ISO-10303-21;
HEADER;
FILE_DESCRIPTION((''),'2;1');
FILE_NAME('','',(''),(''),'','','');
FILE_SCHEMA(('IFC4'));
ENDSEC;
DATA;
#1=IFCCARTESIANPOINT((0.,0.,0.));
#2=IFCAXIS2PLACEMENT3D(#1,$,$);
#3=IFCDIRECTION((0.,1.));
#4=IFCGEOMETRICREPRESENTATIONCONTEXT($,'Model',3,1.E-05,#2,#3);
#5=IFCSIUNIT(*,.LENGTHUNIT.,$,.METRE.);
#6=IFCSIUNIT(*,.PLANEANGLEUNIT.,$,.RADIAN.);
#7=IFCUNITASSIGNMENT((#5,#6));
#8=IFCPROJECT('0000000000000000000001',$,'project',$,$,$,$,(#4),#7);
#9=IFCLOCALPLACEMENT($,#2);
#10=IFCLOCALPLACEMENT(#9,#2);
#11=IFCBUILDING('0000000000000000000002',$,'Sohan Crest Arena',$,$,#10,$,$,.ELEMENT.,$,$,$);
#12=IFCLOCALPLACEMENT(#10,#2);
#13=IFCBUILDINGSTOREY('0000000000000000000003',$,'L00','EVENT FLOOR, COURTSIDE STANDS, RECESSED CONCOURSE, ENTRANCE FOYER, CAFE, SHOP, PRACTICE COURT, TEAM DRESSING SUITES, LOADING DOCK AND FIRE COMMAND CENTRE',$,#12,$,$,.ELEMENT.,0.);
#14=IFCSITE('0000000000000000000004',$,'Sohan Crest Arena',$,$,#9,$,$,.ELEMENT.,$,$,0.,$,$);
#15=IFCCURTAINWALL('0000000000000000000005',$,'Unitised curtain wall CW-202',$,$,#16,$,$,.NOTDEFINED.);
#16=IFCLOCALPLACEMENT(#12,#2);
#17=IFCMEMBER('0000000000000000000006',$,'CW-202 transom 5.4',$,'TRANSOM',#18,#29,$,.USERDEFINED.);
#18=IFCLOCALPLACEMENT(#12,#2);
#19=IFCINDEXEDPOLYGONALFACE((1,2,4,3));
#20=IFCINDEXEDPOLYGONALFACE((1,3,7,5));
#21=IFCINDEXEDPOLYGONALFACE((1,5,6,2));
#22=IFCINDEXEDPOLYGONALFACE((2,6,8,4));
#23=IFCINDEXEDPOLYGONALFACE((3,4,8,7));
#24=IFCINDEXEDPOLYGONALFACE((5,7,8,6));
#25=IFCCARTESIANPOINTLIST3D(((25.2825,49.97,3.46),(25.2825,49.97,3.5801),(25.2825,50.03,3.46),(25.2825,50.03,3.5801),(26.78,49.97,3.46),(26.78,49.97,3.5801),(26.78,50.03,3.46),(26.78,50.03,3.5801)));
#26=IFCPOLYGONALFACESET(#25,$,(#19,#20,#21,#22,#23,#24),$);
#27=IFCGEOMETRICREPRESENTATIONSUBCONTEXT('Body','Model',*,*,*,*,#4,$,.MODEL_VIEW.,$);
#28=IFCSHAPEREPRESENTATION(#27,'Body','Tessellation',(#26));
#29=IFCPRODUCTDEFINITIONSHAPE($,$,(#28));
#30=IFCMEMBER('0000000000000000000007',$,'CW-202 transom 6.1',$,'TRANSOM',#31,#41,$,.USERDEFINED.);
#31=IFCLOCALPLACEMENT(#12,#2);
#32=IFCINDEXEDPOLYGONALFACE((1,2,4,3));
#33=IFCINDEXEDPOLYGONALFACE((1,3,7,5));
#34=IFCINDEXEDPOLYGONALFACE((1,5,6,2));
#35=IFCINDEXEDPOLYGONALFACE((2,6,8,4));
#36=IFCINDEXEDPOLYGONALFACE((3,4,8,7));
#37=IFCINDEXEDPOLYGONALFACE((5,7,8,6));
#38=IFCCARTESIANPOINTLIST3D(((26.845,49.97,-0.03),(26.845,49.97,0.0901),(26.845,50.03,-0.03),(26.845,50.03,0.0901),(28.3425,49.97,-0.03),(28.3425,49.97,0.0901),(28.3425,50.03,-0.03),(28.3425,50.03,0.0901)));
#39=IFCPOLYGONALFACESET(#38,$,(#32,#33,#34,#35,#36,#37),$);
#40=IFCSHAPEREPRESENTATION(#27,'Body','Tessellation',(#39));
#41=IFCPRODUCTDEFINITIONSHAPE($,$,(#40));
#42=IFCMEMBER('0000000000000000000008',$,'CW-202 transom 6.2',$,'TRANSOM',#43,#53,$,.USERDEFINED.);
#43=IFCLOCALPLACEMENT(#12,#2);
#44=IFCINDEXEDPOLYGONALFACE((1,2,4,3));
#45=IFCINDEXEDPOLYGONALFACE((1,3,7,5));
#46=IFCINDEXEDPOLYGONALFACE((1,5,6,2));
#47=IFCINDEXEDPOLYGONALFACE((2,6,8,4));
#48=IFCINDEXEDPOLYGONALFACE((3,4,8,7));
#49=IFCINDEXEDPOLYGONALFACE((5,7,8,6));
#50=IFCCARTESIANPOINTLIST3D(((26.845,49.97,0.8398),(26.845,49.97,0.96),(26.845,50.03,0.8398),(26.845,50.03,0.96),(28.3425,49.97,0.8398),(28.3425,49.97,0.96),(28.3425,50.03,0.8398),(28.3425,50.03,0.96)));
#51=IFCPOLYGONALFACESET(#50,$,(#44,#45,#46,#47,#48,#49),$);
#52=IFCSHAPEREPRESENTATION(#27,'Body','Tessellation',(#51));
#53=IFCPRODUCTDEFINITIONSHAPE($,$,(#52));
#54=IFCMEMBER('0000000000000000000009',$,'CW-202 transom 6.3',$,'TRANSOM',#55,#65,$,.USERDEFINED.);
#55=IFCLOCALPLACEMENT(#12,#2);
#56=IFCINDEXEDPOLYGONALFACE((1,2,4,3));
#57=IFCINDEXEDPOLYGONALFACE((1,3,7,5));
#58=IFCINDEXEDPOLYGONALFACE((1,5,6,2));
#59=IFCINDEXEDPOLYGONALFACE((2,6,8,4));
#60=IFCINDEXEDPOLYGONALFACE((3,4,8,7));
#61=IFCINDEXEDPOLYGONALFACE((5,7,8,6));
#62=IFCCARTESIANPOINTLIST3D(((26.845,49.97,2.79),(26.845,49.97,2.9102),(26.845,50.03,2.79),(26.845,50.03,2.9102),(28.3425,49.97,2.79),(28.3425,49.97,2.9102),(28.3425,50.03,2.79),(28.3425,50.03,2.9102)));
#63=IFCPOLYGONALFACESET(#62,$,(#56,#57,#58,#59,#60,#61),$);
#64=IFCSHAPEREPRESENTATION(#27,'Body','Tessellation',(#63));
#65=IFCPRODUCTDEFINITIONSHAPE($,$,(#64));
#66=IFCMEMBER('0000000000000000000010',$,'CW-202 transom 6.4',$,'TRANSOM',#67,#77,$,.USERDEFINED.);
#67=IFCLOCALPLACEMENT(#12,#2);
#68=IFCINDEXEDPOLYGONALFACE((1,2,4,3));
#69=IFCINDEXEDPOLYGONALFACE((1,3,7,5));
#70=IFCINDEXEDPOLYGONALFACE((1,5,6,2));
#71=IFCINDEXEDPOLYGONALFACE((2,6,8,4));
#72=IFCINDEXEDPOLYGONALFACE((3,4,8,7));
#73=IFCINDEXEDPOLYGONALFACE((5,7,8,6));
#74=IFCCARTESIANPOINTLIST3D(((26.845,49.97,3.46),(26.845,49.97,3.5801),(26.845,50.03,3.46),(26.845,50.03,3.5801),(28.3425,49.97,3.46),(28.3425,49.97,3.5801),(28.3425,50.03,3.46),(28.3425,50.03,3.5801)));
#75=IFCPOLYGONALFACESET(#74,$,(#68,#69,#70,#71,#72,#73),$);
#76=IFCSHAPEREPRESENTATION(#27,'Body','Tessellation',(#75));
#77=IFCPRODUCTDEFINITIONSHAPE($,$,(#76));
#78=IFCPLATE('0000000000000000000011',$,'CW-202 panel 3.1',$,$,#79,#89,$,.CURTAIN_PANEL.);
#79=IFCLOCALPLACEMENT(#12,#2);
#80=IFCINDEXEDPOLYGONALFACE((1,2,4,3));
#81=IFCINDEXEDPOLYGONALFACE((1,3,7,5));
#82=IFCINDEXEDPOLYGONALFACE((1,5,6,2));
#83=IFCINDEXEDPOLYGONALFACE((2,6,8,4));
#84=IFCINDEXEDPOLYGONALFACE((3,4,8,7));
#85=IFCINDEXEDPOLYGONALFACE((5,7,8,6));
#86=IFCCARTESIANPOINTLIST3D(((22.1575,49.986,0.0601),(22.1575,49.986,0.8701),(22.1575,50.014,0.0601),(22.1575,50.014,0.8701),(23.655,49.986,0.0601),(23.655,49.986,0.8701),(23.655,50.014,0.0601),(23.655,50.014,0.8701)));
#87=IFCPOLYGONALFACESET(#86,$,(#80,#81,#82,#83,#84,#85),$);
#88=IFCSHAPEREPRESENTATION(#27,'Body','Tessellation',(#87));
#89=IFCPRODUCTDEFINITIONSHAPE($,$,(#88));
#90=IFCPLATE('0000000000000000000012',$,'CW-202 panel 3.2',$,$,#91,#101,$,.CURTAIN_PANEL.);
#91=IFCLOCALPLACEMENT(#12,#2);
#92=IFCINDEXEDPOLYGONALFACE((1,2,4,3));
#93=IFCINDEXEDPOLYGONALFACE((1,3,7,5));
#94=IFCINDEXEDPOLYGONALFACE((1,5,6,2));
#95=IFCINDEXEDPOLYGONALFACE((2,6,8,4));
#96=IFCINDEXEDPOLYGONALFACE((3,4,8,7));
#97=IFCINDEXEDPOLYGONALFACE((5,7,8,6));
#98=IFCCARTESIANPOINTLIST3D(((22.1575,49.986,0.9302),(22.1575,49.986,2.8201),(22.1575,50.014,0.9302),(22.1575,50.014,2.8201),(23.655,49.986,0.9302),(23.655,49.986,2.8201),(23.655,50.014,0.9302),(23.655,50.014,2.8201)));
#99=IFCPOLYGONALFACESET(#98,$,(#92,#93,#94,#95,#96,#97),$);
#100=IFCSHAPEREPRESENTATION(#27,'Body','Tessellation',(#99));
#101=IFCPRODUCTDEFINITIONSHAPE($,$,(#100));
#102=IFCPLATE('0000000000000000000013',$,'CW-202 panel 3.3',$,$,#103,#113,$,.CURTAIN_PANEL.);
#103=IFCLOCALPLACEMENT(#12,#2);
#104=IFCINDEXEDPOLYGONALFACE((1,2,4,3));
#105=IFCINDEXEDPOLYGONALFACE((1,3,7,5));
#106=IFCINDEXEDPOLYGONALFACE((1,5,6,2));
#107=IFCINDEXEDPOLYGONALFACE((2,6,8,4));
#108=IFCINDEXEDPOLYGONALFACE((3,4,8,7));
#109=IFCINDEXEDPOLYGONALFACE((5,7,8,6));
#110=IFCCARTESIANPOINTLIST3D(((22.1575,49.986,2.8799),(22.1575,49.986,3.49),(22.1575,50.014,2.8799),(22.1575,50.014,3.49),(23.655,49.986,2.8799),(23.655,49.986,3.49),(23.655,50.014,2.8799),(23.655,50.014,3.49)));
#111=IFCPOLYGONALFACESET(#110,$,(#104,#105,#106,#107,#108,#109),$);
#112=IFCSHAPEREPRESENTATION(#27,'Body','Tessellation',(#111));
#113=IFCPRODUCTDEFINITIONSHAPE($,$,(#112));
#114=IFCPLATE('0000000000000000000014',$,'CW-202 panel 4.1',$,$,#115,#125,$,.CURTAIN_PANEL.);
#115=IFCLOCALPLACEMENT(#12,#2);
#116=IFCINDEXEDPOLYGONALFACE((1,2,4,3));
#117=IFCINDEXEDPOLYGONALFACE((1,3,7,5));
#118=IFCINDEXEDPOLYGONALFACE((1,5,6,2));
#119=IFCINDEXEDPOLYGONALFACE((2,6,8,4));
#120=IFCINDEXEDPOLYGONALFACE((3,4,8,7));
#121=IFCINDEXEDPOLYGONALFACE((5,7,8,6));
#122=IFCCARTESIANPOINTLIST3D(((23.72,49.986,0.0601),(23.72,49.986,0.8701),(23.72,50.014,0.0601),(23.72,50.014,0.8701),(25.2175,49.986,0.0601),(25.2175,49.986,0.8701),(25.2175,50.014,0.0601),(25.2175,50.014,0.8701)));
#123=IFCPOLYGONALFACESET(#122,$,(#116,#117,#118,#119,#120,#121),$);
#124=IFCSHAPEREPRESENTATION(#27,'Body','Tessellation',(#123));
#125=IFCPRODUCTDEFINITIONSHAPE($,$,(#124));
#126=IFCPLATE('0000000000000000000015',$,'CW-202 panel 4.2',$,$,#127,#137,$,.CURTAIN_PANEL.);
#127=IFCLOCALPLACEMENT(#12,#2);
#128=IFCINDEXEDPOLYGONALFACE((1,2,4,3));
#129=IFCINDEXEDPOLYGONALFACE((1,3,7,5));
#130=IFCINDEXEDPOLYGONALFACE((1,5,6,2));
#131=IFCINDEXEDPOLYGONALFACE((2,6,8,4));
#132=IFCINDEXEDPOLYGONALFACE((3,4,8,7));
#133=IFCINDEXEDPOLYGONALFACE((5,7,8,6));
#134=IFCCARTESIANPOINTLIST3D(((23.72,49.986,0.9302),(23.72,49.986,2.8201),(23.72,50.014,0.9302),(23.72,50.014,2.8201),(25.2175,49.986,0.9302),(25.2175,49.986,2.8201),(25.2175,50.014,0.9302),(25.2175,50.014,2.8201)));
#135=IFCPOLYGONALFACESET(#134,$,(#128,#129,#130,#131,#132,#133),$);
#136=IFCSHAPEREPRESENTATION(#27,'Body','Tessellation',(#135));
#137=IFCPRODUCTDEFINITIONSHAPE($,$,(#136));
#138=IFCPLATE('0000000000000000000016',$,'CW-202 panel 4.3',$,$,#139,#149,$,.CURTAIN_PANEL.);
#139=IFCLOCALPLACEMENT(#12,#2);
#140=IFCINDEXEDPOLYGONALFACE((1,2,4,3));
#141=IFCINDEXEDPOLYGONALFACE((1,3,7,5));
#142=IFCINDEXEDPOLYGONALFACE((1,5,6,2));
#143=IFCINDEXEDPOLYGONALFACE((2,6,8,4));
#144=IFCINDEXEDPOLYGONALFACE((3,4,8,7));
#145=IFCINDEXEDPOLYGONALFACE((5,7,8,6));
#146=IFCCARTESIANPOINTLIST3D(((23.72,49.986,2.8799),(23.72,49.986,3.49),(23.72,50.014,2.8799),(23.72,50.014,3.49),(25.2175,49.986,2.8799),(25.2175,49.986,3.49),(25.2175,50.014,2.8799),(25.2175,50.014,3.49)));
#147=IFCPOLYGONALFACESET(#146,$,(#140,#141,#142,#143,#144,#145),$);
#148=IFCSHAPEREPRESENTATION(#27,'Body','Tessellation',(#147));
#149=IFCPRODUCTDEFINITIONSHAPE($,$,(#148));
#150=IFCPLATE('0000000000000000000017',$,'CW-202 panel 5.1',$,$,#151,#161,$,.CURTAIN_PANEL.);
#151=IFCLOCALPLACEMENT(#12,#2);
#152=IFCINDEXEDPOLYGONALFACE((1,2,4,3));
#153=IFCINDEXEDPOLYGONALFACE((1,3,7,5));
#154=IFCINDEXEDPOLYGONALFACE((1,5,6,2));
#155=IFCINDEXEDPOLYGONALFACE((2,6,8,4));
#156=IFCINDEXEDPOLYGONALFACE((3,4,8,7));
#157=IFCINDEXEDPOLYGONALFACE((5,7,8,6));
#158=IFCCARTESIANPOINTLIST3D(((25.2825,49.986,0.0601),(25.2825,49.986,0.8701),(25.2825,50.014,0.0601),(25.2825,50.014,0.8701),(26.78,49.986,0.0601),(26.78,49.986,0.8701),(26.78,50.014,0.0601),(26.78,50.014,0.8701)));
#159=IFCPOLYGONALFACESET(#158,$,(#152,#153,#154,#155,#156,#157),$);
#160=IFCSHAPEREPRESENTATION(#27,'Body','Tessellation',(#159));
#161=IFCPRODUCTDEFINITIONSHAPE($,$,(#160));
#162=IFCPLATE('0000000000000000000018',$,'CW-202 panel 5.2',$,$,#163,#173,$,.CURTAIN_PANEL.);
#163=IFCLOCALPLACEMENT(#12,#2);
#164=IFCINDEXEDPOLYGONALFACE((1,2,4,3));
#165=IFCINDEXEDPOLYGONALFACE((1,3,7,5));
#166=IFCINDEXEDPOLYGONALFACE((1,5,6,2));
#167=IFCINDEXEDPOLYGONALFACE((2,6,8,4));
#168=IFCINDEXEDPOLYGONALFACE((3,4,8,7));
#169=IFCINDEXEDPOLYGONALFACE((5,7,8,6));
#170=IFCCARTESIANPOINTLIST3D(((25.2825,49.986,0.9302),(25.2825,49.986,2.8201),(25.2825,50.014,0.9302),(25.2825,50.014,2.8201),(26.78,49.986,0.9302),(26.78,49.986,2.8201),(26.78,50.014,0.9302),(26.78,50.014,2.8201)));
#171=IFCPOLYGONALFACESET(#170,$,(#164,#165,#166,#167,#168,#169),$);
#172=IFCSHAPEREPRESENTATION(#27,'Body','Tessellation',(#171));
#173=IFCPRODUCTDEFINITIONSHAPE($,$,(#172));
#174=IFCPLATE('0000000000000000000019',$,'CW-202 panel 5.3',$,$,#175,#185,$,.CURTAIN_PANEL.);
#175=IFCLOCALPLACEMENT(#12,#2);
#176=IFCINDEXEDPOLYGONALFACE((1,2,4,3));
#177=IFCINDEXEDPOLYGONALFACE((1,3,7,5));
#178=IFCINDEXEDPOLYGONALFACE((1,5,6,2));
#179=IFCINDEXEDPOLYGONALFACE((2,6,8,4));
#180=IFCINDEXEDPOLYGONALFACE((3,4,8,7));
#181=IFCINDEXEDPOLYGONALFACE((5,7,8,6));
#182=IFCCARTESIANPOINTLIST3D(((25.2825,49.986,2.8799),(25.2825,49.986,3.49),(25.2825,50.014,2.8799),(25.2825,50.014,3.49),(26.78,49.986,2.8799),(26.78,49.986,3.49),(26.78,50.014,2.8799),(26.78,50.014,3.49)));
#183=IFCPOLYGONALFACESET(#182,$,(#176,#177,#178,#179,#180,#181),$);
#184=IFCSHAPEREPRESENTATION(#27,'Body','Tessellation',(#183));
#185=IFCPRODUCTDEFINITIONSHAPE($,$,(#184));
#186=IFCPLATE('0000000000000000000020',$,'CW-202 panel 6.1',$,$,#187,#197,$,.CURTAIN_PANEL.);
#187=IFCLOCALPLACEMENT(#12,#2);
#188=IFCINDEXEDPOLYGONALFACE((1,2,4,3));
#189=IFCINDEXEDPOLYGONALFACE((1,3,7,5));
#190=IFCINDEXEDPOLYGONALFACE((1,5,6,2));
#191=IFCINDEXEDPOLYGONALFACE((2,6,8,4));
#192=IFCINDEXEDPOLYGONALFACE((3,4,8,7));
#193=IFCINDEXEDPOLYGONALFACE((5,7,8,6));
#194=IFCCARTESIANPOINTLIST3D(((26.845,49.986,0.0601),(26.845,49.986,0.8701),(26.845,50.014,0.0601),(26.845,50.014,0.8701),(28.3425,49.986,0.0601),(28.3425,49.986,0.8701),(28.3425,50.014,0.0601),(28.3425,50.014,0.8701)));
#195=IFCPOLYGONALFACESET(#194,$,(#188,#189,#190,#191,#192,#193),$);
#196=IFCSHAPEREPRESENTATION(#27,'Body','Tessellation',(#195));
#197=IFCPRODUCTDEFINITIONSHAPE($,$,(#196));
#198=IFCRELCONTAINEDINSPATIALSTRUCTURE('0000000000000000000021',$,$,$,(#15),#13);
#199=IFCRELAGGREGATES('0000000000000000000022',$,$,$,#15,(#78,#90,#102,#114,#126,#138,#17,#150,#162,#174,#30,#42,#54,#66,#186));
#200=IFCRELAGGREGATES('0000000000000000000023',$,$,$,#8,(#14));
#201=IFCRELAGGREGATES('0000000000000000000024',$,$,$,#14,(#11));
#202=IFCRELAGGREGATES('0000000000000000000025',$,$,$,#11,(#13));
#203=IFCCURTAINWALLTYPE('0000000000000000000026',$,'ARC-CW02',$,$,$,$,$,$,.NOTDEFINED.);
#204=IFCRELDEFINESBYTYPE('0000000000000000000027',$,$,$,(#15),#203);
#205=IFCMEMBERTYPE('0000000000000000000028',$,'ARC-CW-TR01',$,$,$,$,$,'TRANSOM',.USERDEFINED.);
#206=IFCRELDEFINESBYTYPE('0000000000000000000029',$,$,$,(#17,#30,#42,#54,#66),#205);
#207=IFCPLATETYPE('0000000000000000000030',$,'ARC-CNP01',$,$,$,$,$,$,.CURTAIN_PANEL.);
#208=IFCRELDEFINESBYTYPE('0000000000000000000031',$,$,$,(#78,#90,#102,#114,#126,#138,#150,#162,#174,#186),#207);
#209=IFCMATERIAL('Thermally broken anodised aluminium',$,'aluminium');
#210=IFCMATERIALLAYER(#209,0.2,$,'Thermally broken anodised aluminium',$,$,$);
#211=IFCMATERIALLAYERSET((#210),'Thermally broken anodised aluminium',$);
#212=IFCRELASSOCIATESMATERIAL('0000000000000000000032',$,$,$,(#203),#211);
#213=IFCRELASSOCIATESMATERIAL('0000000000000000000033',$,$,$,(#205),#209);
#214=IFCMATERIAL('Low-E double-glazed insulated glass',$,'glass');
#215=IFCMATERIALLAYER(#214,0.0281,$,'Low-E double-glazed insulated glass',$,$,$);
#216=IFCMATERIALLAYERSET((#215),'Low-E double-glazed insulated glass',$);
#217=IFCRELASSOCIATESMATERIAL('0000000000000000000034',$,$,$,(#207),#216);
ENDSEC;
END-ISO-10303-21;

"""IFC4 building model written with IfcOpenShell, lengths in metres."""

from ifc_helpers import new_model, si_unit, direction, frame, origin, origin_2d, place, context, subcontext, project, spatial, rectangle, extrude, material, layer, layer_set, material_profile, profile_set, type_object, element, aggregate, save


model = new_model("IFC4")

# Units and contexts
model_context = context("Model", 3, precision=1e-05, world=origin(), true_north=direction((0.0, 1.0)))
body_context = subcontext(model_context, "Body", "Model", "MODEL_VIEW")
ifc_project = project(units=[si_unit("LENGTHUNIT", "METRE"), si_unit("PLANEANGLEUNIT", "RADIAN")], contexts=[model_context])

# Site, building, storey
site_placement = place(None, origin())
site = spatial("IfcSite", under=ifc_project, at=site_placement, Name="Sohan Crest Arena", CompositionType="ELEMENT", RefElevation=0.0)
building_placement = place(site_placement, origin())
building = spatial("IfcBuilding", under=site, at=building_placement, Name="Sohan Crest Arena", CompositionType="ELEMENT")
storey_placement = place(building_placement, origin())
storey = spatial("IfcBuildingStorey", under=building, at=storey_placement, Name="L00", Description="EVENT FLOOR, COURTSIDE STANDS, RECESSED CONCOURSE, ENTRANCE FOYER, CAFE, SHOP, PRACTICE COURT, TEAM DRESSING SUITES, LOADING DOCK AND FIRE COMMAND CENTRE", CompositionType="ELEMENT", Elevation=0.0)

# Curtain wall, members, plates
ifc_material_1 = material(Name="Thermally broken anodised aluminium", Category="aluminium")
ifc_layer_1 = layer(ifc_material_1, 0.2, Name="Thermally broken anodised aluminium")
ifc_layer_set_1 = layer_set([ifc_layer_1], Name="Thermally broken anodised aluminium")
curtain_wall_type = type_object("IfcCurtainWallType", Name="ARC-CW02", PredefinedType="NOTDEFINED", material=ifc_layer_set_1)
curtain_wall_placement = place(storey_placement, origin())
curtain_wall = element("IfcCurtainWall", 1, at=curtain_wall_placement, inside=storey, type_object=curtain_wall_type, Name="Unitised curtain wall CW-202", PredefinedType="NOTDEFINED")
ifc_material_profile_1 = material_profile(ifc_material_1, rectangle(XDim=0.0601, YDim=0.1201, at=origin_2d()), Name="ALU-TRAN 60x120")
ifc_profile_set_1 = profile_set([ifc_material_profile_1], Name="Thermally broken anodised aluminium")
member_type_1 = type_object("IfcMemberType", Name="ARC-CW-TR01", ElementType="TRANSOM", PredefinedType="USERDEFINED", material=ifc_profile_set_1)
member_1_placement = place(storey_placement, frame((25.2825, 50.0, 3.52), z_axis=(1.0, 0.0, 0.0), x_axis=(0.0, 1.0, 0.0)))
member_1 = element("IfcMember", 2, at=member_1_placement, type_object=member_type_1, Name="CW-202 transom 5.4", ObjectType="TRANSOM", PredefinedType="USERDEFINED", context=body_context, shape_type="SweptSolid", body=[
    extrude(rectangle(XDim=0.0601, YDim=0.1201, at=origin_2d()), origin(), (0.0, 0.0, 1.0), 1.4976),
])
member_2_placement = place(storey_placement, frame((26.845, 50.0, 0.03), z_axis=(1.0, 0.0, 0.0), x_axis=(0.0, 1.0, 0.0)))
member_2 = element("IfcMember", 3, at=member_2_placement, type_object=member_type_1, Name="CW-202 transom 6.1", ObjectType="TRANSOM", PredefinedType="USERDEFINED", context=body_context, shape_type="SweptSolid", body=[
    extrude(rectangle(XDim=0.0601, YDim=0.1201, at=origin_2d()), origin(), (0.0, 0.0, 1.0), 1.4976),
])
member_3_placement = place(storey_placement, frame((26.845, 50.0, 0.8999), z_axis=(1.0, 0.0, 0.0), x_axis=(0.0, 1.0, 0.0)))
member_3 = element("IfcMember", 4, at=member_3_placement, type_object=member_type_1, Name="CW-202 transom 6.2", ObjectType="TRANSOM", PredefinedType="USERDEFINED", context=body_context, shape_type="SweptSolid", body=[
    extrude(rectangle(XDim=0.0601, YDim=0.1201, at=origin_2d()), origin(), (0.0, 0.0, 1.0), 1.4976),
])
member_4_placement = place(storey_placement, frame((26.845, 50.0, 2.8501), z_axis=(1.0, 0.0, 0.0), x_axis=(0.0, 1.0, 0.0)))
member_4 = element("IfcMember", 5, at=member_4_placement, type_object=member_type_1, Name="CW-202 transom 6.3", ObjectType="TRANSOM", PredefinedType="USERDEFINED", context=body_context, shape_type="SweptSolid", body=[
    extrude(rectangle(XDim=0.0601, YDim=0.1201, at=origin_2d()), origin(), (0.0, 0.0, 1.0), 1.4976),
])
member_5_placement = place(storey_placement, frame((26.845, 50.0, 3.52), z_axis=(1.0, 0.0, 0.0), x_axis=(0.0, 1.0, 0.0)))
member_5 = element("IfcMember", 6, at=member_5_placement, type_object=member_type_1, Name="CW-202 transom 6.4", ObjectType="TRANSOM", PredefinedType="USERDEFINED", context=body_context, shape_type="SweptSolid", body=[
    extrude(rectangle(XDim=0.0601, YDim=0.1201, at=origin_2d()), origin(), (0.0, 0.0, 1.0), 1.4976),
])
ifc_material_2 = material(Name="Low-E double-glazed insulated glass", Category="glass")
ifc_layer_2 = layer(ifc_material_2, 0.0281, Name="Low-E double-glazed insulated glass")
ifc_layer_set_2 = layer_set([ifc_layer_2], Name="Low-E double-glazed insulated glass")
plate_type = type_object("IfcPlateType", Name="ARC-CNP01", PredefinedType="CURTAIN_PANEL", material=ifc_layer_set_2)
plate_1_placement = place(storey_placement, frame((22.9062, 50.0, 0.0601), z_axis=(0.0, 0.0, 1.0), x_axis=(1.0, 0.0, 0.0)))
plate_1 = element("IfcPlate", 7, at=plate_1_placement, type_object=plate_type, Name="CW-202 panel 3.1", PredefinedType="CURTAIN_PANEL", context=body_context, shape_type="SweptSolid", body=[
    extrude(rectangle(XDim=1.4976, YDim=0.0281, at=origin_2d()), origin(), (0.0, 0.0, 1.0), 0.8101),
])
plate_2_placement = place(storey_placement, frame((22.9062, 50.0, 0.9302), z_axis=(0.0, 0.0, 1.0), x_axis=(1.0, 0.0, 0.0)))
plate_2 = element("IfcPlate", 8, at=plate_2_placement, type_object=plate_type, Name="CW-202 panel 3.2", PredefinedType="CURTAIN_PANEL", context=body_context, shape_type="SweptSolid", body=[
    extrude(rectangle(XDim=1.4976, YDim=0.0281, at=origin_2d()), origin(), (0.0, 0.0, 1.0), 1.8899),
])
plate_3_placement = place(storey_placement, frame((22.9062, 50.0, 2.8799), z_axis=(0.0, 0.0, 1.0), x_axis=(1.0, 0.0, 0.0)))
plate_3 = element("IfcPlate", 9, at=plate_3_placement, type_object=plate_type, Name="CW-202 panel 3.3", PredefinedType="CURTAIN_PANEL", context=body_context, shape_type="SweptSolid", body=[
    extrude(rectangle(XDim=1.4976, YDim=0.0281, at=origin_2d()), origin(), (0.0, 0.0, 1.0), 0.6101),
])
plate_4_placement = place(storey_placement, frame((24.4688, 50.0, 0.0601), z_axis=(0.0, 0.0, 1.0), x_axis=(1.0, 0.0, 0.0)))
plate_4 = element("IfcPlate", 10, at=plate_4_placement, type_object=plate_type, Name="CW-202 panel 4.1", PredefinedType="CURTAIN_PANEL", context=body_context, shape_type="SweptSolid", body=[
    extrude(rectangle(XDim=1.4976, YDim=0.0281, at=origin_2d()), origin(), (0.0, 0.0, 1.0), 0.8101),
])
plate_5_placement = place(storey_placement, frame((24.4688, 50.0, 0.9302), z_axis=(0.0, 0.0, 1.0), x_axis=(1.0, 0.0, 0.0)))
plate_5 = element("IfcPlate", 11, at=plate_5_placement, type_object=plate_type, Name="CW-202 panel 4.2", PredefinedType="CURTAIN_PANEL", context=body_context, shape_type="SweptSolid", body=[
    extrude(rectangle(XDim=1.4976, YDim=0.0281, at=origin_2d()), origin(), (0.0, 0.0, 1.0), 1.8899),
])
plate_6_placement = place(storey_placement, frame((24.4688, 50.0, 2.8799), z_axis=(0.0, 0.0, 1.0), x_axis=(1.0, 0.0, 0.0)))
plate_6 = element("IfcPlate", 12, at=plate_6_placement, type_object=plate_type, Name="CW-202 panel 4.3", PredefinedType="CURTAIN_PANEL", context=body_context, shape_type="SweptSolid", body=[
    extrude(rectangle(XDim=1.4976, YDim=0.0281, at=origin_2d()), origin(), (0.0, 0.0, 1.0), 0.6101),
])
plate_7_placement = place(storey_placement, frame((26.0312, 50.0, 0.0601), z_axis=(0.0, 0.0, 1.0), x_axis=(1.0, 0.0, 0.0)))
plate_7 = element("IfcPlate", 13, at=plate_7_placement, type_object=plate_type, Name="CW-202 panel 5.1", PredefinedType="CURTAIN_PANEL", context=body_context, shape_type="SweptSolid", body=[
    extrude(rectangle(XDim=1.4976, YDim=0.0281, at=origin_2d()), origin(), (0.0, 0.0, 1.0), 0.8101),
])
plate_8_placement = place(storey_placement, frame((26.0312, 50.0, 0.9302), z_axis=(0.0, 0.0, 1.0), x_axis=(1.0, 0.0, 0.0)))
plate_8 = element("IfcPlate", 14, at=plate_8_placement, type_object=plate_type, Name="CW-202 panel 5.2", PredefinedType="CURTAIN_PANEL", context=body_context, shape_type="SweptSolid", body=[
    extrude(rectangle(XDim=1.4976, YDim=0.0281, at=origin_2d()), origin(), (0.0, 0.0, 1.0), 1.8899),
])
plate_9_placement = place(storey_placement, frame((26.0312, 50.0, 2.8799), z_axis=(0.0, 0.0, 1.0), x_axis=(1.0, 0.0, 0.0)))
plate_9 = element("IfcPlate", 15, at=plate_9_placement, type_object=plate_type, Name="CW-202 panel 5.3", PredefinedType="CURTAIN_PANEL", context=body_context, shape_type="SweptSolid", body=[
    extrude(rectangle(XDim=1.4976, YDim=0.0281, at=origin_2d()), origin(), (0.0, 0.0, 1.0), 0.6101),
])
plate_10_placement = place(storey_placement, frame((27.5938, 50.0, 0.0601), z_axis=(0.0, 0.0, 1.0), x_axis=(1.0, 0.0, 0.0)))
plate_10 = element("IfcPlate", 16, at=plate_10_placement, type_object=plate_type, Name="CW-202 panel 6.1", PredefinedType="CURTAIN_PANEL", context=body_context, shape_type="SweptSolid", body=[
    extrude(rectangle(XDim=1.4976, YDim=0.0281, at=origin_2d()), origin(), (0.0, 0.0, 1.0), 0.8101),
])
aggregate(curtain_wall, [plate_1, plate_2, plate_3, plate_4, plate_5, plate_6, member_1, plate_7, plate_8, plate_9, member_2, member_3, member_4, member_5, plate_10])

save(model, "model.ifc")
